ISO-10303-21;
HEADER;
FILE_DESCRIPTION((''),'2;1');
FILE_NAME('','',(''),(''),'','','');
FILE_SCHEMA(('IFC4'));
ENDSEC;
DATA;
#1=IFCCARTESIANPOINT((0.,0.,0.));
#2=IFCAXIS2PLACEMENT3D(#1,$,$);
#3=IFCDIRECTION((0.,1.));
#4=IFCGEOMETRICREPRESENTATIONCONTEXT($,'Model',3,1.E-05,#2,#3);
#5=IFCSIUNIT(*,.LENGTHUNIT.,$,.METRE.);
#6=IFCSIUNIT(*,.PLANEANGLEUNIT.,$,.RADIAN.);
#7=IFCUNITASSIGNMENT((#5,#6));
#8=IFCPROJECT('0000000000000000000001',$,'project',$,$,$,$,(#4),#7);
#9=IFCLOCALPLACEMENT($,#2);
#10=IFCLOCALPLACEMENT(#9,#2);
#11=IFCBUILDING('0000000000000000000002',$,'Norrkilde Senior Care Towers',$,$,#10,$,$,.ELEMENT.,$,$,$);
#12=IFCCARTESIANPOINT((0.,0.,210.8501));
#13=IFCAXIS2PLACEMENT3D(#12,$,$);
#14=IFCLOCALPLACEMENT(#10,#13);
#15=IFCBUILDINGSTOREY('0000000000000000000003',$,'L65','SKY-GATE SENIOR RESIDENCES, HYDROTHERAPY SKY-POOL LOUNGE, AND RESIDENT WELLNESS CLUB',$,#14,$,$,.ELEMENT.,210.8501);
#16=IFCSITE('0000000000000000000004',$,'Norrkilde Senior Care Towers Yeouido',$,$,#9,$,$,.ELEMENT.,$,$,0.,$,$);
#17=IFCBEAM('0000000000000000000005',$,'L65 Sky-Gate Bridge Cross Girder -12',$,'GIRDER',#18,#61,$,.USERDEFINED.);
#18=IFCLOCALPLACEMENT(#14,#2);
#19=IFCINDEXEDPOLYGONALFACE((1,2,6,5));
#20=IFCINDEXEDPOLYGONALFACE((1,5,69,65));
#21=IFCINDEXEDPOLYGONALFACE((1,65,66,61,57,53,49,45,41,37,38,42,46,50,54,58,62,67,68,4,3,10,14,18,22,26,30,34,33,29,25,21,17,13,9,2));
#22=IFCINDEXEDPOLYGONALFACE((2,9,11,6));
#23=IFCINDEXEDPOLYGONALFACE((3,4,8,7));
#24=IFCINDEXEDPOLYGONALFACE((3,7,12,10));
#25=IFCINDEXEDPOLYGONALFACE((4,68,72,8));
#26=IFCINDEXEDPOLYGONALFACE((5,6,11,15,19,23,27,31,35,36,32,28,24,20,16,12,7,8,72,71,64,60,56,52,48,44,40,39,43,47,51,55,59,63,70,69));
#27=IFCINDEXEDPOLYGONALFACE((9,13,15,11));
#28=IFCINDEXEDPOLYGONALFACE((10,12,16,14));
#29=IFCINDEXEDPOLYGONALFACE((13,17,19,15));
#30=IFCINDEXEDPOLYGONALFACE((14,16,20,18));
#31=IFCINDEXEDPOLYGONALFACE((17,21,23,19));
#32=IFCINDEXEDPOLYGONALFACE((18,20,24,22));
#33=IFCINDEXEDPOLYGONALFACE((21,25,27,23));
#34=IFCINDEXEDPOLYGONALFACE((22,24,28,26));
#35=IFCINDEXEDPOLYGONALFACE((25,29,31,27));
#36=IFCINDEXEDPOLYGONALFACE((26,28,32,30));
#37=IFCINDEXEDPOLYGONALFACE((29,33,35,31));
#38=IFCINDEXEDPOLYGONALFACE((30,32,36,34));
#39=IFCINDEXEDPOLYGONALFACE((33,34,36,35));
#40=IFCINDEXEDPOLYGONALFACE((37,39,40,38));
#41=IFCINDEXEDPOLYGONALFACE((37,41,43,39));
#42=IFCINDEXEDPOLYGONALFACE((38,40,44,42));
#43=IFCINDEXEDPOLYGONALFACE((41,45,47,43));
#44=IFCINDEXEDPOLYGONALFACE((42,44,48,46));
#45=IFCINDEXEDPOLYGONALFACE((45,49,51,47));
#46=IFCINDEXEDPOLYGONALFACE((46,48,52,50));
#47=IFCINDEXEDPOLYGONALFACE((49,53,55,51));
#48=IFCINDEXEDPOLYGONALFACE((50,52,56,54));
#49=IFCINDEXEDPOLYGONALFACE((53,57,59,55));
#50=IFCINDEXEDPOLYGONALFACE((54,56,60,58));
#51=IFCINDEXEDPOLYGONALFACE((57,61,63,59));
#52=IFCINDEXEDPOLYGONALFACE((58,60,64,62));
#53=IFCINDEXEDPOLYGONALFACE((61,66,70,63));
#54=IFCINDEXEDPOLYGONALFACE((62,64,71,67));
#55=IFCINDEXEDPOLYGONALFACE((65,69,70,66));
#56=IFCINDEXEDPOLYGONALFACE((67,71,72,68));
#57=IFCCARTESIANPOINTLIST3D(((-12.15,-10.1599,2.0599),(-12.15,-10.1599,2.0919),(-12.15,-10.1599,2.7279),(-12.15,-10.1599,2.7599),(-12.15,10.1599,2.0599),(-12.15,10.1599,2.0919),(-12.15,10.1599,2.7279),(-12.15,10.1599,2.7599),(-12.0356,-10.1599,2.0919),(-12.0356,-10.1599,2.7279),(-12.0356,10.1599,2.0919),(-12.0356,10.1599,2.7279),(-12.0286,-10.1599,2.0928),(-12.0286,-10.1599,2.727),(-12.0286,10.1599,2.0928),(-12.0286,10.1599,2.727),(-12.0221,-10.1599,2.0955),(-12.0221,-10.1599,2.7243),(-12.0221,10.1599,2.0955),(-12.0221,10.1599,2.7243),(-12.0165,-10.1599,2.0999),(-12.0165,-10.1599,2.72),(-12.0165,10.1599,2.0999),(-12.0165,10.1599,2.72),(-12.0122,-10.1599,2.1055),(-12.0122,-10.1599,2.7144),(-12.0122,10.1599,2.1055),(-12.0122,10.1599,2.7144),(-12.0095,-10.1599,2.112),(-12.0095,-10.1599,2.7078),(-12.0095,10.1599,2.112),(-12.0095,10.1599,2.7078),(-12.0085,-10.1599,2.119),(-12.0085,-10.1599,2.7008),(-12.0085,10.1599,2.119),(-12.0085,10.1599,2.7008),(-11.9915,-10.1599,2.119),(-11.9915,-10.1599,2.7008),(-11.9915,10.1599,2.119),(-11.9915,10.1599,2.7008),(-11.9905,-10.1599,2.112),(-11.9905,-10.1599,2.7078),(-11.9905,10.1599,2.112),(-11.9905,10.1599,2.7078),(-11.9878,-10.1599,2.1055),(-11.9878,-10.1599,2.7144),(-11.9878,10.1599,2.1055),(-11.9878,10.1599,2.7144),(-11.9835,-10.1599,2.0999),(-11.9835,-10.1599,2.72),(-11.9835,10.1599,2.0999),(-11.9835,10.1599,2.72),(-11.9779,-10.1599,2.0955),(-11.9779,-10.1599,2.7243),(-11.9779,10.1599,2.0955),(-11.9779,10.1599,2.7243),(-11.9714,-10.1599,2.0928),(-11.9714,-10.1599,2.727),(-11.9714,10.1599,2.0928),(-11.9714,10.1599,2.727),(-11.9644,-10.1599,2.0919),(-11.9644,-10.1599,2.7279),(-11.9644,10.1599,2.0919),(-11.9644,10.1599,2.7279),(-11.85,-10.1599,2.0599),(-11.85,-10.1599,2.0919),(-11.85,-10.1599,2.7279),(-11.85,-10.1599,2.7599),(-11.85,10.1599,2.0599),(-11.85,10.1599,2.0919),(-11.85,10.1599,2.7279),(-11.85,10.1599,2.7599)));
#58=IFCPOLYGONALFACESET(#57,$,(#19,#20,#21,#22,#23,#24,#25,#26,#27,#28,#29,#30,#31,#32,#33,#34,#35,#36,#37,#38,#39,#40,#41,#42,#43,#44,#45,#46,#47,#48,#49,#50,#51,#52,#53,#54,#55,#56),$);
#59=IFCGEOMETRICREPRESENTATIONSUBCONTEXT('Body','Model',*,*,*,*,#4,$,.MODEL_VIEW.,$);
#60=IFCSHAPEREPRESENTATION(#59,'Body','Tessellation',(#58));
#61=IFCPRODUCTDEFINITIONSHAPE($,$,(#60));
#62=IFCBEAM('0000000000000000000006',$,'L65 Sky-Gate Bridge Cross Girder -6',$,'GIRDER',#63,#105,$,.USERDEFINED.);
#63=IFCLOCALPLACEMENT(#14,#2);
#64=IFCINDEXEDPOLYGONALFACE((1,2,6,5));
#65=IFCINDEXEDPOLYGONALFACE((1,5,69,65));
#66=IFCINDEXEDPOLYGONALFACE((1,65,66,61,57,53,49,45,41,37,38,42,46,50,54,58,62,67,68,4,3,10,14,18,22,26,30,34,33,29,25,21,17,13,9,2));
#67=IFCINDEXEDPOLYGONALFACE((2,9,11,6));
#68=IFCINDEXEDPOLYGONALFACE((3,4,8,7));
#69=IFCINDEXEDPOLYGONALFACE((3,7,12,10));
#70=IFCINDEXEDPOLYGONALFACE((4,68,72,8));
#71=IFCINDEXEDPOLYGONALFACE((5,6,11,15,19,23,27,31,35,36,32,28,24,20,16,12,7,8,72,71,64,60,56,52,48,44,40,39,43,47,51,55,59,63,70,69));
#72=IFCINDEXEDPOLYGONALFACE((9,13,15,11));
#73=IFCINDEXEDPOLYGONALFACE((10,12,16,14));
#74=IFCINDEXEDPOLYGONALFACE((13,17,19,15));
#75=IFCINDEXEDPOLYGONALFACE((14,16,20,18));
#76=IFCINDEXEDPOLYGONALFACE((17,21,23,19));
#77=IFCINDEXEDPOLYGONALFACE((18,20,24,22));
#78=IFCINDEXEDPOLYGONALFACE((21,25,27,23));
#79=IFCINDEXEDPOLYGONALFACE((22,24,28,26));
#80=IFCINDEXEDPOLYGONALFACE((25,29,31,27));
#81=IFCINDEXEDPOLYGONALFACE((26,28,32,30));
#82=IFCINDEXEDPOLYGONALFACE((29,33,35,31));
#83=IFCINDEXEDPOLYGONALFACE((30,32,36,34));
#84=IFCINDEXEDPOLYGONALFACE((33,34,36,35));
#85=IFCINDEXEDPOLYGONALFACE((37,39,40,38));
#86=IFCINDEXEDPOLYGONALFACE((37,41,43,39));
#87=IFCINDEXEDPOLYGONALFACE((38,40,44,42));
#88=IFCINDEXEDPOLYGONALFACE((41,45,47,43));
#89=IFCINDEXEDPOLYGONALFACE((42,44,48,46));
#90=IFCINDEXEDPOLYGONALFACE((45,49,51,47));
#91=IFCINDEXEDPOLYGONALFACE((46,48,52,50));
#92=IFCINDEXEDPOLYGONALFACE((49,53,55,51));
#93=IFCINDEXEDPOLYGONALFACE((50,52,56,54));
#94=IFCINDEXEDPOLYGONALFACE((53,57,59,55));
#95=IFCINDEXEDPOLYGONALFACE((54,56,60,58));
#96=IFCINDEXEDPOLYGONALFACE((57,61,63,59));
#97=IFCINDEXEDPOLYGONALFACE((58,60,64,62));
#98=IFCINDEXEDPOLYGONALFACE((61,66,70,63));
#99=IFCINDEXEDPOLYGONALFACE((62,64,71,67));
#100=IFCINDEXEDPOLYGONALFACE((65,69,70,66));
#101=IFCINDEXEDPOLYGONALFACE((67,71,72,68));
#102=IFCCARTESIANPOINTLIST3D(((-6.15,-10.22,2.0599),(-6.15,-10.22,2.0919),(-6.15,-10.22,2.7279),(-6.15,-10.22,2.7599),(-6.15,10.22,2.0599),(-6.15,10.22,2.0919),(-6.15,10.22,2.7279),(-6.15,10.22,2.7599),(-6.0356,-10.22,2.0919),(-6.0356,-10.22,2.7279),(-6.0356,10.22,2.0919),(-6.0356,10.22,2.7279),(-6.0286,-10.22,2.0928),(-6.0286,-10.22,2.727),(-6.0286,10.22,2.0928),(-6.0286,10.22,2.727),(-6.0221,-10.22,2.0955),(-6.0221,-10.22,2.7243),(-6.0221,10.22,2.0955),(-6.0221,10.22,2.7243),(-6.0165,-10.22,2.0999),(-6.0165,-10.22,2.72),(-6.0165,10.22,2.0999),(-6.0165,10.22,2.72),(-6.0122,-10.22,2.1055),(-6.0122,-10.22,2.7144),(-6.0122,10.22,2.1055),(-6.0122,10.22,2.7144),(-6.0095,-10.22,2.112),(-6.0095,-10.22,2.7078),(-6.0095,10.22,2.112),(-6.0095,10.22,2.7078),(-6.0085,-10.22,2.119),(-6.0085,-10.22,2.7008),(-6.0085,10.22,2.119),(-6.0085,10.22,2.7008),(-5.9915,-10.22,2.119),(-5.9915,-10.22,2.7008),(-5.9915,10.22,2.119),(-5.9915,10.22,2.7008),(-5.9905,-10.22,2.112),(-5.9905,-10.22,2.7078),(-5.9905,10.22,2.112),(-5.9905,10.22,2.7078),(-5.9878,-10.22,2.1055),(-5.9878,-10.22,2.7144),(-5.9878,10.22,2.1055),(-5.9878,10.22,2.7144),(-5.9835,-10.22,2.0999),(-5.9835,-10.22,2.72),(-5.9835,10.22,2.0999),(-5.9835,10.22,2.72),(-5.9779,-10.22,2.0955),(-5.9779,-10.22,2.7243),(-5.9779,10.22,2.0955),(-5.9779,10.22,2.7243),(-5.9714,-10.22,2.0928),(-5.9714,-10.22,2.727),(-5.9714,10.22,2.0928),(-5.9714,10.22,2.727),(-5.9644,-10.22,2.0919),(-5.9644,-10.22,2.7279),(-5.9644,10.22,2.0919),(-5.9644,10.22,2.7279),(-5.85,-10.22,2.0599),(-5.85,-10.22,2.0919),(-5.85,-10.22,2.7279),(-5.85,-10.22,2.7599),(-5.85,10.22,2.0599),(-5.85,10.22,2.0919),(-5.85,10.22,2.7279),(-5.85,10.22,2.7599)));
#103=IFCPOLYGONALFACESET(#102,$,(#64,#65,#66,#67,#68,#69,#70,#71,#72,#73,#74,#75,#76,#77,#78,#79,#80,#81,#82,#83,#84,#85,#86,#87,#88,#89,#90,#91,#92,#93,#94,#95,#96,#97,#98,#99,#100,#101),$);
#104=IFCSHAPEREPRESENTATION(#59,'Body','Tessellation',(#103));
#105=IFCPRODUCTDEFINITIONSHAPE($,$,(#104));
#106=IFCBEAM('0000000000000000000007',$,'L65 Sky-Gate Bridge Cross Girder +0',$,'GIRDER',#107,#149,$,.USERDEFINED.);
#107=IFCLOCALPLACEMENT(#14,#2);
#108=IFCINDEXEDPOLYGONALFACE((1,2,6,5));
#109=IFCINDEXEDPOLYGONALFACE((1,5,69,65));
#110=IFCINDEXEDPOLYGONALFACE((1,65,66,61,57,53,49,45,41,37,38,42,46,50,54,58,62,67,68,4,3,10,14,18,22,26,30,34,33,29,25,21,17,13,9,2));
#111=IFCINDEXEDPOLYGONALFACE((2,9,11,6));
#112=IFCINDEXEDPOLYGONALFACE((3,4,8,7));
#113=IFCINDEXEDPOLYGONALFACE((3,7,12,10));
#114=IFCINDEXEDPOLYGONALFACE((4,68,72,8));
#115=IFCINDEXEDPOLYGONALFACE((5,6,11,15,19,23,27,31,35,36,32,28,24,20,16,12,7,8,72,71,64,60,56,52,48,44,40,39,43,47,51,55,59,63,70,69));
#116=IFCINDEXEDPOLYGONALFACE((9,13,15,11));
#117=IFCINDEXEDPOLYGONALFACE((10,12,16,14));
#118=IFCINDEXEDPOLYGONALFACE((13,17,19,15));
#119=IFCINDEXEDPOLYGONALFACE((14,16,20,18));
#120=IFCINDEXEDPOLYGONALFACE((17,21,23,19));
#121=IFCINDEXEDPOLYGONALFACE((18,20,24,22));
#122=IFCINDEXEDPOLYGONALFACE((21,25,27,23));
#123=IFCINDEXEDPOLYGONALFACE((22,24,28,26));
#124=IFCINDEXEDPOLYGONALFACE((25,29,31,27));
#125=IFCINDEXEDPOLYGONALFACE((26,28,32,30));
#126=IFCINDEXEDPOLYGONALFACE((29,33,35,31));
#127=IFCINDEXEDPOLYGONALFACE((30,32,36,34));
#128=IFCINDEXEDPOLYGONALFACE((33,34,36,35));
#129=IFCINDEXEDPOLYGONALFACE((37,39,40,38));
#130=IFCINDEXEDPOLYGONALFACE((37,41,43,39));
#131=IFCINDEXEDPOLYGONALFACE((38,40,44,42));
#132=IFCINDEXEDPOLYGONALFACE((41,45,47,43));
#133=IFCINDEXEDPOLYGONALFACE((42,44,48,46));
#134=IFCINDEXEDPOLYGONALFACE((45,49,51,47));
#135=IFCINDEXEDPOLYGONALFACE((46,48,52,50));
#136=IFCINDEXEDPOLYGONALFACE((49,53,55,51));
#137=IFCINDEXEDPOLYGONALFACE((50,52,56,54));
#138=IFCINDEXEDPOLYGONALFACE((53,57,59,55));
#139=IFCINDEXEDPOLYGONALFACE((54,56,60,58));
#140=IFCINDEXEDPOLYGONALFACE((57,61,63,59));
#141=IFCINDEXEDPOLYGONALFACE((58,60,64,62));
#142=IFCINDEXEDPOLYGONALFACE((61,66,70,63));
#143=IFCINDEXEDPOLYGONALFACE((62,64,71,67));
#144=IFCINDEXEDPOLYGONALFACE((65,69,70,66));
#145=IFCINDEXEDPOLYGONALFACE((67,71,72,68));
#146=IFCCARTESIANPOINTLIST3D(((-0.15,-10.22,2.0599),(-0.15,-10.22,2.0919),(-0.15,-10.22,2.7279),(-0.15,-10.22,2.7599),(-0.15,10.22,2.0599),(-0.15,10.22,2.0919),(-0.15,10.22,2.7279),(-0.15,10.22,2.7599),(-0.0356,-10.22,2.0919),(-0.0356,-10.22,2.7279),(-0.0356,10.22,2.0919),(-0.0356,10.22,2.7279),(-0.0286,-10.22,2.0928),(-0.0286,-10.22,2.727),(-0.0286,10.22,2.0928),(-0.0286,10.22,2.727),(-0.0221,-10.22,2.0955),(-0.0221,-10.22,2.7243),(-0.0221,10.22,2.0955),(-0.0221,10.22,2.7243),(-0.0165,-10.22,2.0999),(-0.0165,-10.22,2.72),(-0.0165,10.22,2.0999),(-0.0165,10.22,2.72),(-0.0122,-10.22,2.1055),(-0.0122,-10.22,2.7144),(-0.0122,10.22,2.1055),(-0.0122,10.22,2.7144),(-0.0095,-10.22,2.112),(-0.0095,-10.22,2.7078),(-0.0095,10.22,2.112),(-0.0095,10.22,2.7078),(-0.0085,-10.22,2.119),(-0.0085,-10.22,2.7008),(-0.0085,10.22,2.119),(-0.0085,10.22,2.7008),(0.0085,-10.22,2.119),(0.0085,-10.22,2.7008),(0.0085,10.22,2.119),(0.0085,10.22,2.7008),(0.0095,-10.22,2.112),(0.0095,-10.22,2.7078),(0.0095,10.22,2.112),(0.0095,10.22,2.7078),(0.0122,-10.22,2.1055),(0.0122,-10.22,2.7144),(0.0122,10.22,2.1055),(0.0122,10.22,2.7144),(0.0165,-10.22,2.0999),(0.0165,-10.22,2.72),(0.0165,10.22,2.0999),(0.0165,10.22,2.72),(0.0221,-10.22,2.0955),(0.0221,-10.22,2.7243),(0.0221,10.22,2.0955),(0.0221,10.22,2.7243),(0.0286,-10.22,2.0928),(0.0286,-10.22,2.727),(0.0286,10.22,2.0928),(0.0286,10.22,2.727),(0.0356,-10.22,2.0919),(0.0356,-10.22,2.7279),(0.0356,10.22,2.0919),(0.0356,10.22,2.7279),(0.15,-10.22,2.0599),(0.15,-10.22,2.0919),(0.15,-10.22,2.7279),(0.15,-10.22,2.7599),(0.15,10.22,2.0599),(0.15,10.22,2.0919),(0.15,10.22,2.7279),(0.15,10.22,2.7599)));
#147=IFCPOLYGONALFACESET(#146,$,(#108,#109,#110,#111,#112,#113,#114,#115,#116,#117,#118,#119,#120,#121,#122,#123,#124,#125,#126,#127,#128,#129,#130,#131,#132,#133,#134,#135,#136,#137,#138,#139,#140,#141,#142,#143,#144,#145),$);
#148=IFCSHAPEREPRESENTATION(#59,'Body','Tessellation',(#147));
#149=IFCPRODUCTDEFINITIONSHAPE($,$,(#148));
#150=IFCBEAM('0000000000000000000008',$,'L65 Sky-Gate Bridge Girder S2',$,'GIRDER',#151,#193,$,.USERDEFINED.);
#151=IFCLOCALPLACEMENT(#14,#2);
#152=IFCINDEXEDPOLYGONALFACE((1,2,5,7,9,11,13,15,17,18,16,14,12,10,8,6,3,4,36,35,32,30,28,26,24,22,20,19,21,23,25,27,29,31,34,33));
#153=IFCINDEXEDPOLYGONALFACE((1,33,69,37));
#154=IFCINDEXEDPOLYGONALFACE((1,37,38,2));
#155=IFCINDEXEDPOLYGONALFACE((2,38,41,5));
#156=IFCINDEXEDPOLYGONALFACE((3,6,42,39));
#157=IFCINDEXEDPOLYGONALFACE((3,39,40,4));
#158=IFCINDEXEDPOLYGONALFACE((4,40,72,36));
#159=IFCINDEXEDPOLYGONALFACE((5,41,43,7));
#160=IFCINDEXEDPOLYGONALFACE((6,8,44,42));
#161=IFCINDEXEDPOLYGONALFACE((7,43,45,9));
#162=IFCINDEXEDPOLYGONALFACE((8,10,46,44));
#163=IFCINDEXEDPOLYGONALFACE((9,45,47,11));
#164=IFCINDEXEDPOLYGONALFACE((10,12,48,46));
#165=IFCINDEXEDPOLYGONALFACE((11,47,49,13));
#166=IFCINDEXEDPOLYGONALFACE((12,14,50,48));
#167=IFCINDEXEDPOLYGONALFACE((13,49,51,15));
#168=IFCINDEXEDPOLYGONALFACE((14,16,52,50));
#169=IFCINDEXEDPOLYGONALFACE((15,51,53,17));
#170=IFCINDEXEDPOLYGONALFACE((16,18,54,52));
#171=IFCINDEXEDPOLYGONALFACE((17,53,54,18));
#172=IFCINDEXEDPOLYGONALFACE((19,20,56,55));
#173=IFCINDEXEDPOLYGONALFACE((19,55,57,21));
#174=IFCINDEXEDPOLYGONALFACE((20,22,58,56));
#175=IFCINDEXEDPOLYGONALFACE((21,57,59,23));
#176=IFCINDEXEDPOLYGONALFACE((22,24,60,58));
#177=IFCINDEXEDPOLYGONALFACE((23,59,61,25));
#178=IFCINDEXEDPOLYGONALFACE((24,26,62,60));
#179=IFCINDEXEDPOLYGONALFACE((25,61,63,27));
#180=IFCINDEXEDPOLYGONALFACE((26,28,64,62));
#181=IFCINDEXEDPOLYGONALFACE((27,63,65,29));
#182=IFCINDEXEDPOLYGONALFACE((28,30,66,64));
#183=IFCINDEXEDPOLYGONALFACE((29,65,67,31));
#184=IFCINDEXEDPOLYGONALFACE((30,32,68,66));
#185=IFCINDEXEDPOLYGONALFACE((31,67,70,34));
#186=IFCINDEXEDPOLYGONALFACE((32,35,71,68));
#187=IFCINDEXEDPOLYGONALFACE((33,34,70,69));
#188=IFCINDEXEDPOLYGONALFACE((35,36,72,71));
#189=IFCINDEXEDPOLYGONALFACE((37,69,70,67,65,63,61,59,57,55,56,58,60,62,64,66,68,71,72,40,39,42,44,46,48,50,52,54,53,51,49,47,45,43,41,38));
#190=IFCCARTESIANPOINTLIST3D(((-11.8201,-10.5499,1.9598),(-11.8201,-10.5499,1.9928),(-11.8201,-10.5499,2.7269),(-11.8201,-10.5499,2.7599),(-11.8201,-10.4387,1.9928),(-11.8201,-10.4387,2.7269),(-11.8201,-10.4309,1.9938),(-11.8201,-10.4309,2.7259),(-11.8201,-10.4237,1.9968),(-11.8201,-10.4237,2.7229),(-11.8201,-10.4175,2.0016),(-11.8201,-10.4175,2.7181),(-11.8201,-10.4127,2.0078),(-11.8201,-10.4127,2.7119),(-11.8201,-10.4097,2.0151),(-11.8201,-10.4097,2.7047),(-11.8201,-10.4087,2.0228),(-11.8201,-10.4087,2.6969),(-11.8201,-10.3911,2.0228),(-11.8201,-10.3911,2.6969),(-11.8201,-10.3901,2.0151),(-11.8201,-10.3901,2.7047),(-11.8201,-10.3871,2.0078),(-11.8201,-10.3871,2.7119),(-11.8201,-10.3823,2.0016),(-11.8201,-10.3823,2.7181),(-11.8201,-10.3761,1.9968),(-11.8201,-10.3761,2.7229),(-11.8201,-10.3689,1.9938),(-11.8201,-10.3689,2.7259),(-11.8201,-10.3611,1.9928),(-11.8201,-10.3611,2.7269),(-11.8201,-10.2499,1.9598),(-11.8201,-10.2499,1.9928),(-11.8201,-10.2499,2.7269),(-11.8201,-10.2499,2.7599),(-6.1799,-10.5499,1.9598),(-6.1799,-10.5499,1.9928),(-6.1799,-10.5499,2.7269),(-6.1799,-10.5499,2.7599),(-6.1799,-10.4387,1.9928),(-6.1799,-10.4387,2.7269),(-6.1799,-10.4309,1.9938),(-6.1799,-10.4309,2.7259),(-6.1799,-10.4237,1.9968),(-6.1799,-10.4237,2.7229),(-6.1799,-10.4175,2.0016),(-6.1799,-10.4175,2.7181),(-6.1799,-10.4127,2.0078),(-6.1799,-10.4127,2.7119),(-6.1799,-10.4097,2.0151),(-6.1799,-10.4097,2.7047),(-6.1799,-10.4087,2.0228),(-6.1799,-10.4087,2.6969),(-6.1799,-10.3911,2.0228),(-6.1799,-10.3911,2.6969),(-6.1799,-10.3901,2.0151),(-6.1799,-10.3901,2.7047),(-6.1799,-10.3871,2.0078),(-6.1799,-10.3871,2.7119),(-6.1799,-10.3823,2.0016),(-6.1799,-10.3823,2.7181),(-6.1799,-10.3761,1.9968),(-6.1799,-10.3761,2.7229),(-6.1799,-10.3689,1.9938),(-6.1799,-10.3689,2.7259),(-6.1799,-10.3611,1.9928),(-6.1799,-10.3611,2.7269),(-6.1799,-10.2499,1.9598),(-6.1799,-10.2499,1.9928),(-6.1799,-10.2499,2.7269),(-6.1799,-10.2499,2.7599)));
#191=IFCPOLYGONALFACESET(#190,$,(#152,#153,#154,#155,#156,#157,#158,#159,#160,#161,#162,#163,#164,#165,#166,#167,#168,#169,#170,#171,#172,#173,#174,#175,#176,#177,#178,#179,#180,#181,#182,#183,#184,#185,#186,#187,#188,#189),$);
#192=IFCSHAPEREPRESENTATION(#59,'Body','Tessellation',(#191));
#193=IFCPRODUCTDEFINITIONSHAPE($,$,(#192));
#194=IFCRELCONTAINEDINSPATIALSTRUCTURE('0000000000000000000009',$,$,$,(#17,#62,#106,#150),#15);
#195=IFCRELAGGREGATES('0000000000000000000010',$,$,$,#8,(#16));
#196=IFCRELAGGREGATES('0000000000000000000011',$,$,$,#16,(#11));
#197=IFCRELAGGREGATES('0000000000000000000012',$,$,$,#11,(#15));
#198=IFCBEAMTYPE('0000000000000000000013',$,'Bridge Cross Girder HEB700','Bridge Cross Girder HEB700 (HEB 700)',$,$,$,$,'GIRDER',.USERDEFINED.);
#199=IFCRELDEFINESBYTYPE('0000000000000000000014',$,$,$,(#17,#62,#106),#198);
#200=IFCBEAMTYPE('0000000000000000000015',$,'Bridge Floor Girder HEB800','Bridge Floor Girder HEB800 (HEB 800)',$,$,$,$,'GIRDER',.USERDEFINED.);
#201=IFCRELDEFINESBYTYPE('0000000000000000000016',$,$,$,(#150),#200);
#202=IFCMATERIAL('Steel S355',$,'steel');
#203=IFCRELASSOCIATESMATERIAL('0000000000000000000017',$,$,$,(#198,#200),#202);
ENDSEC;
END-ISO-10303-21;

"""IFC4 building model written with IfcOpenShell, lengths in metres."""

from ifc_helpers import new_model, si_unit, direction, frame, origin, origin_2d, place, context, subcontext, project, spatial, i_section, extrude, source, transform, mapped, material, material_profile, profile_set, type_object, type_shapes, element, save


model = new_model("IFC4")

# Units and contexts
model_context = context("Model", 3, precision=1e-05, world=origin(), true_north=direction((0.0, 1.0)))
body_context = subcontext(model_context, "Body", "Model", "MODEL_VIEW")
ifc_project = project(units=[si_unit("LENGTHUNIT", "METRE"), si_unit("PLANEANGLEUNIT", "RADIAN")], contexts=[model_context])

# Site, building, storey
site_placement = place(None, origin())
site = spatial("IfcSite", under=ifc_project, at=site_placement, Name="Norrkilde Senior Care Towers Yeouido", CompositionType="ELEMENT", RefElevation=0.0)
building_placement = place(site_placement, origin())
building = spatial("IfcBuilding", under=site, at=building_placement, Name="Norrkilde Senior Care Towers", CompositionType="ELEMENT")
storey_placement = place(building_placement, frame((0.0, 0.0, 210.8501)))
storey = spatial("IfcBuildingStorey", under=building, at=storey_placement, Name="L65", Description="SKY-GATE SENIOR RESIDENCES, HYDROTHERAPY SKY-POOL LOUNGE, AND RESIDENT WELLNESS CLUB", CompositionType="ELEMENT", Elevation=210.8501)

# Shared definitions
ifc_material_1 = material(Name="Steel S355", Category="steel")

# Beams
ifc_material_profile_1 = material_profile(ifc_material_1, i_section(OverallWidth=0.3, OverallDepth=0.7, WebThickness=0.0171, FlangeThickness=0.032, FilletRadius=0.0271, at=origin_2d()), Name="HEB 700")
ifc_profile_set_1 = profile_set([ifc_material_profile_1], Name="Steel S355")
beam_type_1 = type_object("IfcBeamType", Name="Bridge Cross Girder HEB700", Description="Bridge Cross Girder HEB700 (HEB 700)", ElementType="GIRDER", PredefinedType="USERDEFINED", material=ifc_profile_set_1)
shared_shape_1 = source(origin(), body_context, "Body", "SweptSolid", [
    extrude(i_section(OverallWidth=0.3, OverallDepth=0.7, WebThickness=0.0171, FlangeThickness=0.032, FilletRadius=0.0271, at=origin_2d()), origin(), (0.0, 0.0, 1.0), 20.3198),
])
beam_1_placement = place(storey_placement, frame((-12.0, -10.1599, 2.4099), z_axis=(0.0, 1.0, 0.0), x_axis=(-1.0, 0.0, 0.0)))
element("IfcBeam", 1, at=beam_1_placement, inside=storey, type_object=beam_type_1, Name="L65 Sky-Gate Bridge Cross Girder -12", ObjectType="GIRDER", PredefinedType="USERDEFINED", context=body_context, shape_type="MappedRepresentation", body=[
    mapped(shared_shape_1, transform((0.0, 0.0, 0.0), x_axis=(1.0, 0.0, 0.0), y_axis=(0.0, 1.0, 0.0), z_axis=(0.0, 0.0, 1.0), scale=1.0)),
])
shared_shape_2 = source(origin(), body_context, "Body", "SweptSolid", [
    extrude(i_section(OverallWidth=0.3, OverallDepth=0.7, WebThickness=0.0171, FlangeThickness=0.032, FilletRadius=0.0271, at=origin_2d()), origin(), (0.0, 0.0, 1.0), 20.4399),
])
type_shapes(beam_type_1, [shared_shape_1, shared_shape_2])
for number, where, z_axis, x_axis, name in (
    (2, (-6.0, -10.22, 2.4099), (0.0, 1.0, 0.0), (-1.0, 0.0, 0.0), "L65 Sky-Gate Bridge Cross Girder -6"),
    (3, (0.0, -10.22, 2.4099), (0.0, 1.0, 0.0), (-1.0, 0.0, 0.0), "L65 Sky-Gate Bridge Cross Girder +0"),
):
    element("IfcBeam", number, at=place(storey_placement, frame(where, z_axis=z_axis, x_axis=x_axis)), inside=storey, type_object=beam_type_1, Name=name, ObjectType="GIRDER", PredefinedType="USERDEFINED", context=body_context, shape_type="MappedRepresentation", body=[
        mapped(shared_shape_2, transform((0.0, 0.0, 0.0), x_axis=(1.0, 0.0, 0.0), y_axis=(0.0, 1.0, 0.0), z_axis=(0.0, 0.0, 1.0), scale=1.0)),
    ])
ifc_material_profile_2 = material_profile(ifc_material_1, i_section(OverallWidth=0.3, OverallDepth=0.8, WebThickness=0.0176, FlangeThickness=0.033, FilletRadius=0.03, at=origin_2d()), Name="HEB 800")
ifc_profile_set_2 = profile_set([ifc_material_profile_2], Name="Steel S355")
beam_type_2 = type_object("IfcBeamType", Name="Bridge Floor Girder HEB800", Description="Bridge Floor Girder HEB800 (HEB 800)", ElementType="GIRDER", PredefinedType="USERDEFINED", material=ifc_profile_set_2)
shared_shape_3 = source(origin(), body_context, "Body", "SweptSolid", [
    extrude(i_section(OverallWidth=0.3, OverallDepth=0.8, WebThickness=0.0176, FlangeThickness=0.033, FilletRadius=0.03, at=origin_2d()), origin(), (0.0, 0.0, 1.0), 5.6401),
])
type_shapes(beam_type_2, [shared_shape_3])
for number, where, z_axis, x_axis, name in (
    (4, (-11.8201, -10.3999, 2.3599), (1.0, 0.0, 0.0), (0.0, 1.0, 0.0), "L65 Sky-Gate Bridge Girder S2"),
):
    element("IfcBeam", number, at=place(storey_placement, frame(where, z_axis=z_axis, x_axis=x_axis)), inside=storey, type_object=beam_type_2, Name=name, ObjectType="GIRDER", PredefinedType="USERDEFINED", context=body_context, shape_type="MappedRepresentation", body=[
        mapped(shared_shape_3, transform((0.0, 0.0, 0.0), x_axis=(1.0, 0.0, 0.0), y_axis=(0.0, 1.0, 0.0), z_axis=(0.0, 0.0, 1.0), scale=1.0)),
    ])

save(model, "model.ifc")
